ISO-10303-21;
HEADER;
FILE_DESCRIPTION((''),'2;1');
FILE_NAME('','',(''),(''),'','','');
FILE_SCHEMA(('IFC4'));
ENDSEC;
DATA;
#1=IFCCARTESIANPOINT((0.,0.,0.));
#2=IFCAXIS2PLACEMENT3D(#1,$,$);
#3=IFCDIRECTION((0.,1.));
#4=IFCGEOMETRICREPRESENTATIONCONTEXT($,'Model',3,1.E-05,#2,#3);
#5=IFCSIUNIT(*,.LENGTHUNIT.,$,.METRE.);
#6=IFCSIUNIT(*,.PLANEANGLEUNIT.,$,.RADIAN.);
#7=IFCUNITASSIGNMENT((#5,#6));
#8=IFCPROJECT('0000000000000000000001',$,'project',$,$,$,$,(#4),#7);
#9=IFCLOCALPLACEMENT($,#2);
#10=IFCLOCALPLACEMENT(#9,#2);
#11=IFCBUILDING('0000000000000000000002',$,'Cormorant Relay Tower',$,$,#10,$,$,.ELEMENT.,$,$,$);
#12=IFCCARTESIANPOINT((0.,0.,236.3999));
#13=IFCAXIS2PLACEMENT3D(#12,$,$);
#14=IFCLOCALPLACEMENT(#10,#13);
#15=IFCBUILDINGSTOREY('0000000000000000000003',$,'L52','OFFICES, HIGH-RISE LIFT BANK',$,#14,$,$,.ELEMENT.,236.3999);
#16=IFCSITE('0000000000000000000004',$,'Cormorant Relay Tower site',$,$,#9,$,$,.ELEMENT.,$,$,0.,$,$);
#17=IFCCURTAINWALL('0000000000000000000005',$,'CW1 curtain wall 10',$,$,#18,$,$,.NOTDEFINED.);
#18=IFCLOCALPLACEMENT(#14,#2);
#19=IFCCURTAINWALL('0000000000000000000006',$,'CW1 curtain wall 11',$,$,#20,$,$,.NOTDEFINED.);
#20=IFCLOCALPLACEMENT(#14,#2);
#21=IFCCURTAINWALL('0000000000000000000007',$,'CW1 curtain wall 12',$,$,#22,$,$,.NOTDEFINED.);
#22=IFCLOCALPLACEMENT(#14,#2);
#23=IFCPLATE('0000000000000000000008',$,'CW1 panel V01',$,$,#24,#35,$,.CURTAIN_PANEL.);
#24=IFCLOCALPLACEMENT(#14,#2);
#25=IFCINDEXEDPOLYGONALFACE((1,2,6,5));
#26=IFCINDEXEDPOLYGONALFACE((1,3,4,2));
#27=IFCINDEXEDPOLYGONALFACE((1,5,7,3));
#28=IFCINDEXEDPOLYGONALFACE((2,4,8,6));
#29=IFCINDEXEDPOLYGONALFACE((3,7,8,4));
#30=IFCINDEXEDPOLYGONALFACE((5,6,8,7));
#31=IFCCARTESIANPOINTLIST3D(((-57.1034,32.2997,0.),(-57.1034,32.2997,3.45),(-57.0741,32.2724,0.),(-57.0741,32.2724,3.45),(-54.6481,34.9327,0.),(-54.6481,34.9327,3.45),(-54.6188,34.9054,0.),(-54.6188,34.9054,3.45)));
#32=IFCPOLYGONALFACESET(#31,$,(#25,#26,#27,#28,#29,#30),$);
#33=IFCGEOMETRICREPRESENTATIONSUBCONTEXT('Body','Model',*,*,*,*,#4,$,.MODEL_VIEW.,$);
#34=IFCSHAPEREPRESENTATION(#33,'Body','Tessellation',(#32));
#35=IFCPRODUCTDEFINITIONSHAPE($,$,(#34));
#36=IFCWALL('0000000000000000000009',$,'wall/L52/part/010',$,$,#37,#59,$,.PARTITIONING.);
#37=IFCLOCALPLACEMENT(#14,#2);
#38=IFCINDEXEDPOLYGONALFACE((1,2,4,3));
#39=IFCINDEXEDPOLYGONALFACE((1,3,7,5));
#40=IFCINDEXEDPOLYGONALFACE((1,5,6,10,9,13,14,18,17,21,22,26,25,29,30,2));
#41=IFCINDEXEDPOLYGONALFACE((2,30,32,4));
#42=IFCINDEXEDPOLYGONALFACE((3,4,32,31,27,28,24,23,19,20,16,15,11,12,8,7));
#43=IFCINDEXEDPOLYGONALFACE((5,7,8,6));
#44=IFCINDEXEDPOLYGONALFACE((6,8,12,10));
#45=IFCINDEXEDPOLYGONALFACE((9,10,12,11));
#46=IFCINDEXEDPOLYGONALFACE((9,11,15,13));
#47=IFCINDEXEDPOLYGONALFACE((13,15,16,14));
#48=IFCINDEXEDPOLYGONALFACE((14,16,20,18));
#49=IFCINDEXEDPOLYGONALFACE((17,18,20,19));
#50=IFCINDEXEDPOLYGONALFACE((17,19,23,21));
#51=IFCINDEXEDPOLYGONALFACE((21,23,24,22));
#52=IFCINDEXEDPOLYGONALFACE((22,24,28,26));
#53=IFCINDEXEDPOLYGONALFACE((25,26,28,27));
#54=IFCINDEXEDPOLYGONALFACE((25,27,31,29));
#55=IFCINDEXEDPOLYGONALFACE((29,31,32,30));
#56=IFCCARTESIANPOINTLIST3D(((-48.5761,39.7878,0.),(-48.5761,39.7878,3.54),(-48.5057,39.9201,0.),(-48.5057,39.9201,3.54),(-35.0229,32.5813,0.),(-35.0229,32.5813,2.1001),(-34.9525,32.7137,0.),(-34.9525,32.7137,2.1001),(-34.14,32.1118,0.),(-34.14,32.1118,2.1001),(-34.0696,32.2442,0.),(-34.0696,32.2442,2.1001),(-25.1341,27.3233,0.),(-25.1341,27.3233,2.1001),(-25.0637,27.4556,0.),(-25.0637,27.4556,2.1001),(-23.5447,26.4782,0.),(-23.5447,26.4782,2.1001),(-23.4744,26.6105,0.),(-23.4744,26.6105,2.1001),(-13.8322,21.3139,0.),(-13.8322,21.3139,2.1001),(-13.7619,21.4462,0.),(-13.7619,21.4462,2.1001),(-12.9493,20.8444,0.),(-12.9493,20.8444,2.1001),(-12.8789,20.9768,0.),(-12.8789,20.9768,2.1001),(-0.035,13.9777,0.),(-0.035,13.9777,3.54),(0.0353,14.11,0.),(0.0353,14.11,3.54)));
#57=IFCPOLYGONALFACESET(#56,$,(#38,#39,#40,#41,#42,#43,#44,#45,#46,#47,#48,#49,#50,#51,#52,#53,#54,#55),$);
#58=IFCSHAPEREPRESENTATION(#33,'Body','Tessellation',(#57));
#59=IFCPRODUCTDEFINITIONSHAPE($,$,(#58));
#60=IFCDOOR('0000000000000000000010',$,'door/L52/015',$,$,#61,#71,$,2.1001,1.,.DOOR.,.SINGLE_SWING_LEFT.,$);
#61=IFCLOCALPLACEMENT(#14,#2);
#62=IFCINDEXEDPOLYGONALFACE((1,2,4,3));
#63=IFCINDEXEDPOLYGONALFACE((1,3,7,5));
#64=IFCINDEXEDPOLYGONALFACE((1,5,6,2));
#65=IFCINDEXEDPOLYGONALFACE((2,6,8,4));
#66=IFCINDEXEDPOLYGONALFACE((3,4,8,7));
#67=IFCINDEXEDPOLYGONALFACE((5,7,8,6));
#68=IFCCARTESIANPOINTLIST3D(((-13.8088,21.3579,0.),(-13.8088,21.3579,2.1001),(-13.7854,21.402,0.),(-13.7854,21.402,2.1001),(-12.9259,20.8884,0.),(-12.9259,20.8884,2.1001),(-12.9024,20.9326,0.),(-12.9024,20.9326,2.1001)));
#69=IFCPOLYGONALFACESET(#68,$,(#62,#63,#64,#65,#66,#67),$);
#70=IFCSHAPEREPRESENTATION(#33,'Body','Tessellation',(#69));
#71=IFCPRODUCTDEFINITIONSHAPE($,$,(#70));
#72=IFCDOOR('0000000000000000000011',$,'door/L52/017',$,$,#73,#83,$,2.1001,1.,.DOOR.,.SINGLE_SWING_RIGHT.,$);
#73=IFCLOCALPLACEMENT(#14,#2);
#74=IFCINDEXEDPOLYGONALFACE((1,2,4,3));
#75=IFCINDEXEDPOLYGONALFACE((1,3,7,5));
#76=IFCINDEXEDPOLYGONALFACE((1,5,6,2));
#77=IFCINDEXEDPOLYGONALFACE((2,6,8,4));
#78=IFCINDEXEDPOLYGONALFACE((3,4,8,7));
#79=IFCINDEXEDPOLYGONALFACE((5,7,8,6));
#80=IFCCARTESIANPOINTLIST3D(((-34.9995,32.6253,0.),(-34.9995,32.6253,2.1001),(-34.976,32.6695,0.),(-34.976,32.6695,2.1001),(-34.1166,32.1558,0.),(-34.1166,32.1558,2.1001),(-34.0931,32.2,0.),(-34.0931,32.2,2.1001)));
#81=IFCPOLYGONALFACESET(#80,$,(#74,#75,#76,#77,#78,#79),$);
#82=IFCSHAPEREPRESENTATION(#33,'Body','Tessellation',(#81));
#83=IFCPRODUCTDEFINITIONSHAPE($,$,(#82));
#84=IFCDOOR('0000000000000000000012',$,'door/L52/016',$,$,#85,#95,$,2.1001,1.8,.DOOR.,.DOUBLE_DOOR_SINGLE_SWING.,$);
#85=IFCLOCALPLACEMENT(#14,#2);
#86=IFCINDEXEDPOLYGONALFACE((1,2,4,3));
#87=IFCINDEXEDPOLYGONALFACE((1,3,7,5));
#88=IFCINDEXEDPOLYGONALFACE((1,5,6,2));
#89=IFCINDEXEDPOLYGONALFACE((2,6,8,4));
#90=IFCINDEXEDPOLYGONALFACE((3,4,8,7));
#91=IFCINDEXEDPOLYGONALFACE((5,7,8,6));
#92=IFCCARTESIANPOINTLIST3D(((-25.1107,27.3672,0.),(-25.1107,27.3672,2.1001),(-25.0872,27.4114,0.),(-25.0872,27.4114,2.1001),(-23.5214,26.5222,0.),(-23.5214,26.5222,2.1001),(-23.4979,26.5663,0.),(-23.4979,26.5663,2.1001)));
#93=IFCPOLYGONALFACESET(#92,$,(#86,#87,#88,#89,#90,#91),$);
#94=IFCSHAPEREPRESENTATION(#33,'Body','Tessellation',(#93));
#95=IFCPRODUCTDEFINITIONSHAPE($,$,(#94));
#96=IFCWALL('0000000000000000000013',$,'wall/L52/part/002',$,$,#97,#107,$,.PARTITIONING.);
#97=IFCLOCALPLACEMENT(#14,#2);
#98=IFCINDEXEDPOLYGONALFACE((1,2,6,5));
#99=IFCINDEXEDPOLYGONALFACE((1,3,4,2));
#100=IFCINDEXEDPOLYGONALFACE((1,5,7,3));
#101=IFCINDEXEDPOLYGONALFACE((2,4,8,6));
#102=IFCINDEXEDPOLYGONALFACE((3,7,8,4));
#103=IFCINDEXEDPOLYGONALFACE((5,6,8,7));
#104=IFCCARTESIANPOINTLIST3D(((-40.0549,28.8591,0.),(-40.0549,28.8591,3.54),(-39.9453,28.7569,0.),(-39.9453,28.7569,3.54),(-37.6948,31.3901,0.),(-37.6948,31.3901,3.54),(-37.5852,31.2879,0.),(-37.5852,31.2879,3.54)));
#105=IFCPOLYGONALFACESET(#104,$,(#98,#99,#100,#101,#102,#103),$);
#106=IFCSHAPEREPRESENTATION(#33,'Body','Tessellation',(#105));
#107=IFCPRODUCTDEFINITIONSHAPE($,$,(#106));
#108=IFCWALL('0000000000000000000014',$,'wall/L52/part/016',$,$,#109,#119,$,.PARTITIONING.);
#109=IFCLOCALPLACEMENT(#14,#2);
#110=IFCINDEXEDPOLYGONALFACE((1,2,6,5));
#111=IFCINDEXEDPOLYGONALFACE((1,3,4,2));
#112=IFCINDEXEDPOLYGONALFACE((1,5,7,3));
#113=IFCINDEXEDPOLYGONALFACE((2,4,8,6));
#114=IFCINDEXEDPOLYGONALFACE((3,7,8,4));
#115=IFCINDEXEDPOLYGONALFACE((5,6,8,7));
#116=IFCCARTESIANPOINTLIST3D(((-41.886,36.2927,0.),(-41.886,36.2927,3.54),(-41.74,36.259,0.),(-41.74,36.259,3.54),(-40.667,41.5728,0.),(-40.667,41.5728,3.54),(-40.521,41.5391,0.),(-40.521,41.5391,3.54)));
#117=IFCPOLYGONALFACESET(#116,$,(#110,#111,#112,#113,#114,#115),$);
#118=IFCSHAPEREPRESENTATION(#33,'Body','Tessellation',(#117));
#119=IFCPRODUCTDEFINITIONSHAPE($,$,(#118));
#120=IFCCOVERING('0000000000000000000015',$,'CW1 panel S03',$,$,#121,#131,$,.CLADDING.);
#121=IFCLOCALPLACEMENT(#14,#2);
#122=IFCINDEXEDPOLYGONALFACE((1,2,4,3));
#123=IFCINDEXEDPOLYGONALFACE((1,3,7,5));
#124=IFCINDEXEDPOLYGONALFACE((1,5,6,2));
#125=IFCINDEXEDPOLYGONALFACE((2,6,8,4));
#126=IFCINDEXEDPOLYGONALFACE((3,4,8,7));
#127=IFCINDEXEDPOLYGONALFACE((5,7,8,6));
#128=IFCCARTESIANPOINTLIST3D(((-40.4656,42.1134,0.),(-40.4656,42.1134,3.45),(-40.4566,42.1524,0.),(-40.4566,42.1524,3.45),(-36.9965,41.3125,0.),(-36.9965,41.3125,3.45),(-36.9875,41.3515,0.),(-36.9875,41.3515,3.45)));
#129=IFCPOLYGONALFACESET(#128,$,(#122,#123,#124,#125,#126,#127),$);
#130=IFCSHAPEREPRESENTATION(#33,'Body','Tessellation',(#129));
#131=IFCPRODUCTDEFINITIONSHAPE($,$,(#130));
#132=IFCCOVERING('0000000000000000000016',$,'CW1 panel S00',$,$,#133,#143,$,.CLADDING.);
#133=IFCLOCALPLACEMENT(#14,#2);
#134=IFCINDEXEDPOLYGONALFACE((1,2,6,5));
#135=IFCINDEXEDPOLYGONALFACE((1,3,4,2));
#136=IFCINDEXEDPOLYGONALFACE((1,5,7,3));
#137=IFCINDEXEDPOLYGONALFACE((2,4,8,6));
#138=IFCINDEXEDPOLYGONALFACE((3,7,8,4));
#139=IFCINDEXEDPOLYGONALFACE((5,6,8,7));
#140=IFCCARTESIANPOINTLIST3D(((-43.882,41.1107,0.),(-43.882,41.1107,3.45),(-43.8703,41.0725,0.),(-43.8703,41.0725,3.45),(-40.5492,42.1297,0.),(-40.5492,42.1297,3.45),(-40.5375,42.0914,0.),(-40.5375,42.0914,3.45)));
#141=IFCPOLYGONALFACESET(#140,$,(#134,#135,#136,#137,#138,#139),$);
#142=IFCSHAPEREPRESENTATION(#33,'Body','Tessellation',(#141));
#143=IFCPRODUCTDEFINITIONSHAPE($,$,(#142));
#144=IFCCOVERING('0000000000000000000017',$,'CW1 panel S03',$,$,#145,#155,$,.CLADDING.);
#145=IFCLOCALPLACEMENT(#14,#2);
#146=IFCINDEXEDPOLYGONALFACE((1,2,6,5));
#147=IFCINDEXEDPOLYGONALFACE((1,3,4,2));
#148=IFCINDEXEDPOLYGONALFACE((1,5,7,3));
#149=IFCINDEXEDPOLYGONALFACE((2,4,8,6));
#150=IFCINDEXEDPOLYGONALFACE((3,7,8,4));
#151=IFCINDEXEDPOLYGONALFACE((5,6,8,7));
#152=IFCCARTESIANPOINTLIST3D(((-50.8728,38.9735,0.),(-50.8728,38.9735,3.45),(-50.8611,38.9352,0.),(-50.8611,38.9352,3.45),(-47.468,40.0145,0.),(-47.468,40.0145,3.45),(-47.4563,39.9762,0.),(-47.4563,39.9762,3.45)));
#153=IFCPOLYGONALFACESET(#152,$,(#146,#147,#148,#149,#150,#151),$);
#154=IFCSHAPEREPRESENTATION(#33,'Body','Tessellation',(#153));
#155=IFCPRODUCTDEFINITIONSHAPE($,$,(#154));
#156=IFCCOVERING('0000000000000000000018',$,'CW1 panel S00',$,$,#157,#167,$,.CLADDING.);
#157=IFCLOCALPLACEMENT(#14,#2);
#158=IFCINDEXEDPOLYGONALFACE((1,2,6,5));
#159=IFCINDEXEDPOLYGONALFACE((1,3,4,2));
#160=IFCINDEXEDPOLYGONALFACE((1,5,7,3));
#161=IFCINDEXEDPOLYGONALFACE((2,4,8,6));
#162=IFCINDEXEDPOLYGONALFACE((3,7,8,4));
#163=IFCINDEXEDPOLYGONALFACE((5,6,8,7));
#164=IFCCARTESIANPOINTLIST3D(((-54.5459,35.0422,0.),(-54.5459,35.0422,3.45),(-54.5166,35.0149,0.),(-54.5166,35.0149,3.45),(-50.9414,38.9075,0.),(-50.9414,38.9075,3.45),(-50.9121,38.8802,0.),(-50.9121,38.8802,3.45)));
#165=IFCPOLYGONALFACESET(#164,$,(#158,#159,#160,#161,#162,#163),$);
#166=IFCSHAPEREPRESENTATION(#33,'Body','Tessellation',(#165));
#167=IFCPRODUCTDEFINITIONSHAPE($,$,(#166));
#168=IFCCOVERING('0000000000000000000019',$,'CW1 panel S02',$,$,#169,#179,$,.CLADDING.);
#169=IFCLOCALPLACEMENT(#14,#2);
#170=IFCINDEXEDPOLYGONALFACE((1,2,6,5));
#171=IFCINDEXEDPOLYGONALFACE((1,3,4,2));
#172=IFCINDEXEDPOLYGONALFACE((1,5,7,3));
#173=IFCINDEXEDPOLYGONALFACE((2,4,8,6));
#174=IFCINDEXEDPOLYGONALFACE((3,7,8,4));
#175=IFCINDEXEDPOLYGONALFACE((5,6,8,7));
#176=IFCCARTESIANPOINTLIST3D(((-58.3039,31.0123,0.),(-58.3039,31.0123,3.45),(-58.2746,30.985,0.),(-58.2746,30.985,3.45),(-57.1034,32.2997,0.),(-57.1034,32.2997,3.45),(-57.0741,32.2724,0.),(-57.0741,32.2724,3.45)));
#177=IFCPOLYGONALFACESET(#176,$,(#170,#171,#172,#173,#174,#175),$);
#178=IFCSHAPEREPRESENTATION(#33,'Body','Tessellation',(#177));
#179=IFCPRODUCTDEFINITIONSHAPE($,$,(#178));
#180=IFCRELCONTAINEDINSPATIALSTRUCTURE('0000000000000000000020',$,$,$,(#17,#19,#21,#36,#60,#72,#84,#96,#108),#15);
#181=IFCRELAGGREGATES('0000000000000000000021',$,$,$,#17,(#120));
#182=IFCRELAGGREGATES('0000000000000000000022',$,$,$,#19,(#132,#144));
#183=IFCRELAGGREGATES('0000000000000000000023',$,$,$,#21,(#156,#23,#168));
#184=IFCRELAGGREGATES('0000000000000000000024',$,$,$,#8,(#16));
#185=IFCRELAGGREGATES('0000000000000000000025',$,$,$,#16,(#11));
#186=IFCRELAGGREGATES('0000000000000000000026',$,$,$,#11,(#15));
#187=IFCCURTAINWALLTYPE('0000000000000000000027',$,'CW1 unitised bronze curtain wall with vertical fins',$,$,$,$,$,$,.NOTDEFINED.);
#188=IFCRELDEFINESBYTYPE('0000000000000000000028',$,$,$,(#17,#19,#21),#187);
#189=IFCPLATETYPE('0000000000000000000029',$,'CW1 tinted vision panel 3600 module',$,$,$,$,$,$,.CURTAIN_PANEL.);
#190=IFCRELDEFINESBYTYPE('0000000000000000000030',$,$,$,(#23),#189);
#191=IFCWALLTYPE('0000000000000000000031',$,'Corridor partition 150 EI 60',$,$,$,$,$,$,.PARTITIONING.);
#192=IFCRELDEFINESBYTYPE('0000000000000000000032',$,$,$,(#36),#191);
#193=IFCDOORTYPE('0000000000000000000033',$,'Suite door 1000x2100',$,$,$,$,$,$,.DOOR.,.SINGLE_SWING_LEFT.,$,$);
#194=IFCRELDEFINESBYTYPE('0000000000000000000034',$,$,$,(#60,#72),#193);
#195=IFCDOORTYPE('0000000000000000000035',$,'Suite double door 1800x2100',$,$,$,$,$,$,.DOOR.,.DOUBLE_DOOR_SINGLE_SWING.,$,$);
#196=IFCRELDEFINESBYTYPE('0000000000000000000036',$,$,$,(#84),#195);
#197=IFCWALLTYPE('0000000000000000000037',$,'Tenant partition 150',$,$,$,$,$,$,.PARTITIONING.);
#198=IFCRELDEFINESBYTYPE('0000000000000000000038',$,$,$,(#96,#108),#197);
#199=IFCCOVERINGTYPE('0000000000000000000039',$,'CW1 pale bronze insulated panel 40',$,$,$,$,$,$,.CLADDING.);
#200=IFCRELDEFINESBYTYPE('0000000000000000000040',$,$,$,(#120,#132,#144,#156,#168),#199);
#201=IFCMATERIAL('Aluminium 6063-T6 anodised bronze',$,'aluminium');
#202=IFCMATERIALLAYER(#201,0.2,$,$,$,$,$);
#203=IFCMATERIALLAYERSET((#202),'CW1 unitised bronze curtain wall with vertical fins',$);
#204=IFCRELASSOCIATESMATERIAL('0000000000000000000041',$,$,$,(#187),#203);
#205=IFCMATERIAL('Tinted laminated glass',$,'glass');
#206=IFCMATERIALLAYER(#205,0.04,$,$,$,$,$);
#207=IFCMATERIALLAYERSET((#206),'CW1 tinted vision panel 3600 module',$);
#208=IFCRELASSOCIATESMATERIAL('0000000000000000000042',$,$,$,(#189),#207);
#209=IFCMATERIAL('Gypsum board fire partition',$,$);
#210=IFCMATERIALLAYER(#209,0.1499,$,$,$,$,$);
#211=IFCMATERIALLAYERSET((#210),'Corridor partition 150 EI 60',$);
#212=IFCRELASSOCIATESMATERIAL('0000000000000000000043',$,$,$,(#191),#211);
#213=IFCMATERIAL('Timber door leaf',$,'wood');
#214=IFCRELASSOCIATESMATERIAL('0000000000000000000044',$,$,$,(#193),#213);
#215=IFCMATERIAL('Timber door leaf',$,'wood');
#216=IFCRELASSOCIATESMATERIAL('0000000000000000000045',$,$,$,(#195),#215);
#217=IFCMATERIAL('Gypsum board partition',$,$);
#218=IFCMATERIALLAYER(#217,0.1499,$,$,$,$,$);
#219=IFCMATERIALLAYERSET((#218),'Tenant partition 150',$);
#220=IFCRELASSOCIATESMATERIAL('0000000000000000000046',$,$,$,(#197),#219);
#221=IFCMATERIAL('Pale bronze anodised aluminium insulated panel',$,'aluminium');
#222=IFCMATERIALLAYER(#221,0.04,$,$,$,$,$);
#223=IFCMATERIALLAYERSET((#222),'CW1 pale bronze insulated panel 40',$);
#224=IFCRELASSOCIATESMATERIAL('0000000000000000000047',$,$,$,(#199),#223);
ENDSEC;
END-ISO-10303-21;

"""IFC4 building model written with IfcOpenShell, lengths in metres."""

from ifc_helpers import new_model, si_unit, direction, frame, frame_2d, origin, origin_2d, place, context, subcontext, project, spatial, rectangle, extrude, material, layer, layer_set, type_object, element, fill, aggregate, save


model = new_model("IFC4")

# Units and contexts
model_context = context("Model", 3, precision=1e-05, world=origin(), true_north=direction((0.0, 1.0)))
body_context = subcontext(model_context, "Body", "Model", "MODEL_VIEW")
ifc_project = project(units=[si_unit("LENGTHUNIT", "METRE"), si_unit("PLANEANGLEUNIT", "RADIAN")], contexts=[model_context])

# Site, building, storey
site_placement = place(None, origin())
site = spatial("IfcSite", under=ifc_project, at=site_placement, Name="Cormorant Relay Tower site", CompositionType="ELEMENT", RefElevation=0.0)
building_placement = place(site_placement, origin())
building = spatial("IfcBuilding", under=site, at=building_placement, Name="Cormorant Relay Tower", CompositionType="ELEMENT")
storey_placement = place(building_placement, frame((0.0, 0.0, 236.3999)))
storey = spatial("IfcBuildingStorey", under=building, at=storey_placement, Name="L52", Description="OFFICES, HIGH-RISE LIFT BANK", CompositionType="ELEMENT", Elevation=236.3999)

# Curtain wall
ifc_material_1 = material(Name="Aluminium 6063-T6 anodised bronze", Category="aluminium")
ifc_layer_1 = layer(ifc_material_1, 0.2)
ifc_layer_set_1 = layer_set([ifc_layer_1], Name="CW1 unitised bronze curtain wall with vertical fins")
curtain_wall_type = type_object("IfcCurtainWallType", Name="CW1 unitised bronze curtain wall with vertical fins", PredefinedType="NOTDEFINED", material=ifc_layer_set_1)
curtain_wall_1_placement = place(storey_placement, origin())
curtain_wall_1 = element("IfcCurtainWall", 1, at=curtain_wall_1_placement, inside=storey, type_object=curtain_wall_type, Name="CW1 curtain wall 10", PredefinedType="NOTDEFINED")

# Curtain walls
curtain_wall_2_placement = place(storey_placement, origin())
curtain_wall_2 = element("IfcCurtainWall", 2, at=curtain_wall_2_placement, inside=storey, type_object=curtain_wall_type, Name="CW1 curtain wall 11", PredefinedType="NOTDEFINED")
curtain_wall_3_placement = place(storey_placement, origin())
curtain_wall_3 = element("IfcCurtainWall", 3, at=curtain_wall_3_placement, inside=storey, type_object=curtain_wall_type, Name="CW1 curtain wall 12", PredefinedType="NOTDEFINED")

# Plate
ifc_material_2 = material(Name="Tinted laminated glass", Category="glass")
ifc_layer_2 = layer(ifc_material_2, 0.04)
ifc_layer_set_2 = layer_set([ifc_layer_2], Name="CW1 tinted vision panel 3600 module")
plate_type_1 = type_object("IfcPlateType", Name="CW1 tinted vision panel 3600 module", PredefinedType="CURTAIN_PANEL", material=ifc_layer_set_2)
plate_1_placement = place(storey_placement, frame((-55.8611, 33.6025, 0.0), z_axis=(0.0, 0.0, 1.0), x_axis=(-0.681998, -0.731354, 0.0)))
plate_1 = element("IfcPlate", 4, at=plate_1_placement, type_object=plate_type_1, Name="CW1 panel V01", PredefinedType="CURTAIN_PANEL", context=body_context, shape_type="SweptSolid", body=[
    extrude(rectangle(XDim=3.6001, YDim=0.04, at=origin_2d()), origin(), (0.0, 0.0, 1.0), 3.45),
])

# Wall, openings, doors
ifc_material_3 = material(Name="Gypsum board fire partition")
ifc_layer_3 = layer(ifc_material_3, 0.1499)
ifc_layer_set_3 = layer_set([ifc_layer_3], Name="Corridor partition 150 EI 60")
wall_type_1 = type_object("IfcWallType", Name="Corridor partition 150 EI 60", PredefinedType="PARTITIONING", material=ifc_layer_set_3)
wall_1_placement = place(storey_placement, frame((-48.541, 39.854, 0.0), z_axis=(0.0, 0.0, 1.0), x_axis=(0.882945, -0.469476, 0.0)))
wall_1 = element("IfcWall", 5, at=wall_1_placement, inside=storey, type_object=wall_type_1, Name="wall/L52/part/010", PredefinedType="PARTITIONING", context=body_context, shape_type="SweptSolid", body=[
    extrude(rectangle(XDim=54.9763, YDim=0.1499, at=frame_2d((27.4883, 0.0))), origin(), (0.0, 0.0, 1.0), 3.54),
])
opening_1_placement = place(wall_1_placement, frame((39.3501, 0.0, 0.0)))
opening_1 = element("IfcOpeningElement", 6, at=opening_1_placement, cuts=wall_1, PredefinedType="OPENING", context=body_context, shape_type="SweptSolid", body=[
    extrude(rectangle(XDim=1.0, YDim=2.1001, at=frame_2d((0.5, 1.05))), frame((0.0, 0.085, 0.0), z_axis=(0.0, -1.0, 0.0), x_axis=(1.0, 0.0, 0.0)), (0.0, 0.0, 1.0), 0.1699),
])
opening_2_placement = place(wall_1_placement, frame((26.55, 0.0, 0.0)))
opening_2 = element("IfcOpeningElement", 7, at=opening_2_placement, cuts=wall_1, PredefinedType="OPENING", context=body_context, shape_type="SweptSolid", body=[
    extrude(rectangle(XDim=1.8, YDim=2.1001, at=frame_2d((0.8999, 1.05))), frame((0.0, 0.085, 0.0), z_axis=(0.0, -1.0, 0.0), x_axis=(1.0, 0.0, 0.0)), (0.0, 0.0, 1.0), 0.1699),
])
opening_3_placement = place(wall_1_placement, frame((15.3501, 0.0, 0.0)))
opening_3 = element("IfcOpeningElement", 8, at=opening_3_placement, cuts=wall_1, PredefinedType="OPENING", context=body_context, shape_type="SweptSolid", body=[
    extrude(rectangle(XDim=1.0, YDim=2.1001, at=frame_2d((0.5, 1.05))), frame((0.0, 0.085, 0.0), z_axis=(0.0, -1.0, 0.0), x_axis=(1.0, 0.0, 0.0)), (0.0, 0.0, 1.0), 0.1699),
])
ifc_material_4 = material(Name="Timber door leaf", Category="wood")
door_type_1 = type_object("IfcDoorType", Name="Suite door 1000x2100", OperationType="SINGLE_SWING_LEFT", PredefinedType="DOOR", material=ifc_material_4)
door_1_placement = place(opening_1_placement, origin())
door_1 = element("IfcDoor", 9, at=door_1_placement, inside=storey, type_object=door_type_1, Name="door/L52/015", OperationType="SINGLE_SWING_LEFT", OverallHeight=2.1001, OverallWidth=1.0, PredefinedType="DOOR", context=body_context, shape_type="SweptSolid", body=[
    extrude(rectangle(XDim=1.0, YDim=2.1001, at=frame_2d((0.5, 1.05))), frame((0.0, 0.0249, 0.0), z_axis=(0.0, -1.0, 0.0), x_axis=(1.0, 0.0, 0.0)), (0.0, 0.0, 1.0), 0.05),
])
fill(opening_1, door_1)
door_2_placement = place(opening_3_placement, origin())
door_2 = element("IfcDoor", 10, at=door_2_placement, inside=storey, type_object=door_type_1, Name="door/L52/017", OperationType="SINGLE_SWING_RIGHT", OverallHeight=2.1001, OverallWidth=1.0, PredefinedType="DOOR", context=body_context, shape_type="SweptSolid", body=[
    extrude(rectangle(XDim=1.0, YDim=2.1001, at=frame_2d((0.5, 1.05))), frame((0.0, 0.0249, 0.0), z_axis=(0.0, -1.0, 0.0), x_axis=(1.0, 0.0, 0.0)), (0.0, 0.0, 1.0), 0.05),
])
fill(opening_3, door_2)
ifc_material_5 = material(Name="Timber door leaf", Category="wood")
door_type_2 = type_object("IfcDoorType", Name="Suite double door 1800x2100", OperationType="DOUBLE_DOOR_SINGLE_SWING", PredefinedType="DOOR", material=ifc_material_5)
door_3_placement = place(opening_2_placement, origin())
door_3 = element("IfcDoor", 11, at=door_3_placement, inside=storey, type_object=door_type_2, Name="door/L52/016", OperationType="DOUBLE_DOOR_SINGLE_SWING", OverallHeight=2.1001, OverallWidth=1.8, PredefinedType="DOOR", context=body_context, shape_type="SweptSolid", body=[
    extrude(rectangle(XDim=1.8, YDim=2.1001, at=frame_2d((0.8999, 1.05))), frame((0.0, 0.0249, 0.0), z_axis=(0.0, -1.0, 0.0), x_axis=(1.0, 0.0, 0.0)), (0.0, 0.0, 1.0), 0.05),
])
fill(opening_2, door_3)

# Walls
ifc_material_6 = material(Name="Gypsum board partition")
ifc_layer_4 = layer(ifc_material_6, 0.1499)
ifc_layer_set_4 = layer_set([ifc_layer_4], Name="Tenant partition 150")
wall_type_2 = type_object("IfcWallType", Name="Tenant partition 150", PredefinedType="PARTITIONING", material=ifc_layer_set_4)
wall_2_placement = place(storey_placement, frame((-37.6399, 31.3391, 0.0), z_axis=(0.0, 0.0, 1.0), x_axis=(-0.681984, -0.731367, 0.0)))
element("IfcWall", 12, at=wall_2_placement, inside=storey, type_object=wall_type_2, Name="wall/L52/part/002", PredefinedType="PARTITIONING", context=body_context, shape_type="SweptSolid", body=[
    extrude(rectangle(XDim=3.4607, YDim=0.1499, at=frame_2d((1.7305, 0.0))), origin(), (0.0, 0.0, 1.0), 3.54),
])
wall_3_placement = place(storey_placement, frame((-41.813, 36.2759, 0.0), z_axis=(0.0, 0.0, 1.0), x_axis=(0.224952, 0.97437, 0.0)))
element("IfcWall", 13, at=wall_3_placement, inside=storey, type_object=wall_type_2, Name="wall/L52/part/016", PredefinedType="PARTITIONING", context=body_context, shape_type="SweptSolid", body=[
    extrude(rectangle(XDim=5.4189, YDim=0.1499, at=frame_2d((2.7095, 0.0))), origin(), (0.0, 0.0, 1.0), 3.54),
])

# Coverings
ifc_material_7 = material(Name="Pale bronze anodised aluminium insulated panel", Category="aluminium")
ifc_layer_5 = layer(ifc_material_7, 0.04)
ifc_layer_set_5 = layer_set([ifc_layer_5], Name="CW1 pale bronze insulated panel 40")
covering_type = type_object("IfcCoveringType", Name="CW1 pale bronze insulated panel 40", PredefinedType="CLADDING", material=ifc_layer_set_5)
covering_1_placement = place(storey_placement, frame((-38.7266, 41.7324, 0.0), z_axis=(0.0, 0.0, 1.0), x_axis=(-0.97437, 0.224951, 0.0)))
covering_1 = element("IfcCovering", 14, at=covering_1_placement, type_object=covering_type, Name="CW1 panel S03", PredefinedType="CLADDING", context=body_context, shape_type="SweptSolid", body=[
    extrude(rectangle(XDim=3.5603, YDim=0.04, at=origin_2d()), origin(), (0.0, 0.0, 1.0), 3.45),
])
aggregate(curtain_wall_1, [covering_1])
covering_2_placement = place(storey_placement, frame((-42.2097, 41.6011, 0.0), z_axis=(0.0, 0.0, 1.0), x_axis=(-0.956305, -0.292372, 0.0)))
covering_2 = element("IfcCovering", 15, at=covering_2_placement, type_object=covering_type, Name="CW1 panel S00", PredefinedType="CLADDING", context=body_context, shape_type="SweptSolid", body=[
    extrude(rectangle(XDim=3.4851, YDim=0.04, at=origin_2d()), origin(), (0.0, 0.0, 1.0), 3.45),
])
covering_3_placement = place(storey_placement, frame((-49.1646, 39.4749, 0.0), z_axis=(0.0, 0.0, 1.0), x_axis=(-0.956305, -0.292372, 0.0)))
covering_3 = element("IfcCovering", 16, at=covering_3_placement, type_object=covering_type, Name="CW1 panel S03", PredefinedType="CLADDING", context=body_context, shape_type="SweptSolid", body=[
    extrude(rectangle(XDim=3.5603, YDim=0.04, at=origin_2d()), origin(), (0.0, 0.0, 1.0), 3.45),
])
aggregate(curtain_wall_2, [covering_2, covering_3])
covering_4_placement = place(storey_placement, frame((-52.729, 36.9612, 0.0), z_axis=(0.0, 0.0, 1.0), x_axis=(-0.681998, -0.731354, 0.0)))
covering_4 = element("IfcCovering", 17, at=covering_4_placement, type_object=covering_type, Name="CW1 panel S00", PredefinedType="CLADDING", context=body_context, shape_type="SweptSolid", body=[
    extrude(rectangle(XDim=5.2852, YDim=0.04, at=origin_2d()), origin(), (0.0, 0.0, 1.0), 3.45),
])
covering_5_placement = place(storey_placement, frame((-57.689, 31.6423, 0.0), z_axis=(0.0, 0.0, 1.0), x_axis=(-0.681998, -0.731354, 0.0)))
covering_5 = element("IfcCovering", 18, at=covering_5_placement, type_object=covering_type, Name="CW1 panel S02", PredefinedType="CLADDING", context=body_context, shape_type="SweptSolid", body=[
    extrude(rectangle(XDim=1.7603, YDim=0.04, at=origin_2d()), origin(), (0.0, 0.0, 1.0), 3.45),
])
aggregate(curtain_wall_3, [covering_4, plate_1, covering_5])

save(model, "model.ifc")
